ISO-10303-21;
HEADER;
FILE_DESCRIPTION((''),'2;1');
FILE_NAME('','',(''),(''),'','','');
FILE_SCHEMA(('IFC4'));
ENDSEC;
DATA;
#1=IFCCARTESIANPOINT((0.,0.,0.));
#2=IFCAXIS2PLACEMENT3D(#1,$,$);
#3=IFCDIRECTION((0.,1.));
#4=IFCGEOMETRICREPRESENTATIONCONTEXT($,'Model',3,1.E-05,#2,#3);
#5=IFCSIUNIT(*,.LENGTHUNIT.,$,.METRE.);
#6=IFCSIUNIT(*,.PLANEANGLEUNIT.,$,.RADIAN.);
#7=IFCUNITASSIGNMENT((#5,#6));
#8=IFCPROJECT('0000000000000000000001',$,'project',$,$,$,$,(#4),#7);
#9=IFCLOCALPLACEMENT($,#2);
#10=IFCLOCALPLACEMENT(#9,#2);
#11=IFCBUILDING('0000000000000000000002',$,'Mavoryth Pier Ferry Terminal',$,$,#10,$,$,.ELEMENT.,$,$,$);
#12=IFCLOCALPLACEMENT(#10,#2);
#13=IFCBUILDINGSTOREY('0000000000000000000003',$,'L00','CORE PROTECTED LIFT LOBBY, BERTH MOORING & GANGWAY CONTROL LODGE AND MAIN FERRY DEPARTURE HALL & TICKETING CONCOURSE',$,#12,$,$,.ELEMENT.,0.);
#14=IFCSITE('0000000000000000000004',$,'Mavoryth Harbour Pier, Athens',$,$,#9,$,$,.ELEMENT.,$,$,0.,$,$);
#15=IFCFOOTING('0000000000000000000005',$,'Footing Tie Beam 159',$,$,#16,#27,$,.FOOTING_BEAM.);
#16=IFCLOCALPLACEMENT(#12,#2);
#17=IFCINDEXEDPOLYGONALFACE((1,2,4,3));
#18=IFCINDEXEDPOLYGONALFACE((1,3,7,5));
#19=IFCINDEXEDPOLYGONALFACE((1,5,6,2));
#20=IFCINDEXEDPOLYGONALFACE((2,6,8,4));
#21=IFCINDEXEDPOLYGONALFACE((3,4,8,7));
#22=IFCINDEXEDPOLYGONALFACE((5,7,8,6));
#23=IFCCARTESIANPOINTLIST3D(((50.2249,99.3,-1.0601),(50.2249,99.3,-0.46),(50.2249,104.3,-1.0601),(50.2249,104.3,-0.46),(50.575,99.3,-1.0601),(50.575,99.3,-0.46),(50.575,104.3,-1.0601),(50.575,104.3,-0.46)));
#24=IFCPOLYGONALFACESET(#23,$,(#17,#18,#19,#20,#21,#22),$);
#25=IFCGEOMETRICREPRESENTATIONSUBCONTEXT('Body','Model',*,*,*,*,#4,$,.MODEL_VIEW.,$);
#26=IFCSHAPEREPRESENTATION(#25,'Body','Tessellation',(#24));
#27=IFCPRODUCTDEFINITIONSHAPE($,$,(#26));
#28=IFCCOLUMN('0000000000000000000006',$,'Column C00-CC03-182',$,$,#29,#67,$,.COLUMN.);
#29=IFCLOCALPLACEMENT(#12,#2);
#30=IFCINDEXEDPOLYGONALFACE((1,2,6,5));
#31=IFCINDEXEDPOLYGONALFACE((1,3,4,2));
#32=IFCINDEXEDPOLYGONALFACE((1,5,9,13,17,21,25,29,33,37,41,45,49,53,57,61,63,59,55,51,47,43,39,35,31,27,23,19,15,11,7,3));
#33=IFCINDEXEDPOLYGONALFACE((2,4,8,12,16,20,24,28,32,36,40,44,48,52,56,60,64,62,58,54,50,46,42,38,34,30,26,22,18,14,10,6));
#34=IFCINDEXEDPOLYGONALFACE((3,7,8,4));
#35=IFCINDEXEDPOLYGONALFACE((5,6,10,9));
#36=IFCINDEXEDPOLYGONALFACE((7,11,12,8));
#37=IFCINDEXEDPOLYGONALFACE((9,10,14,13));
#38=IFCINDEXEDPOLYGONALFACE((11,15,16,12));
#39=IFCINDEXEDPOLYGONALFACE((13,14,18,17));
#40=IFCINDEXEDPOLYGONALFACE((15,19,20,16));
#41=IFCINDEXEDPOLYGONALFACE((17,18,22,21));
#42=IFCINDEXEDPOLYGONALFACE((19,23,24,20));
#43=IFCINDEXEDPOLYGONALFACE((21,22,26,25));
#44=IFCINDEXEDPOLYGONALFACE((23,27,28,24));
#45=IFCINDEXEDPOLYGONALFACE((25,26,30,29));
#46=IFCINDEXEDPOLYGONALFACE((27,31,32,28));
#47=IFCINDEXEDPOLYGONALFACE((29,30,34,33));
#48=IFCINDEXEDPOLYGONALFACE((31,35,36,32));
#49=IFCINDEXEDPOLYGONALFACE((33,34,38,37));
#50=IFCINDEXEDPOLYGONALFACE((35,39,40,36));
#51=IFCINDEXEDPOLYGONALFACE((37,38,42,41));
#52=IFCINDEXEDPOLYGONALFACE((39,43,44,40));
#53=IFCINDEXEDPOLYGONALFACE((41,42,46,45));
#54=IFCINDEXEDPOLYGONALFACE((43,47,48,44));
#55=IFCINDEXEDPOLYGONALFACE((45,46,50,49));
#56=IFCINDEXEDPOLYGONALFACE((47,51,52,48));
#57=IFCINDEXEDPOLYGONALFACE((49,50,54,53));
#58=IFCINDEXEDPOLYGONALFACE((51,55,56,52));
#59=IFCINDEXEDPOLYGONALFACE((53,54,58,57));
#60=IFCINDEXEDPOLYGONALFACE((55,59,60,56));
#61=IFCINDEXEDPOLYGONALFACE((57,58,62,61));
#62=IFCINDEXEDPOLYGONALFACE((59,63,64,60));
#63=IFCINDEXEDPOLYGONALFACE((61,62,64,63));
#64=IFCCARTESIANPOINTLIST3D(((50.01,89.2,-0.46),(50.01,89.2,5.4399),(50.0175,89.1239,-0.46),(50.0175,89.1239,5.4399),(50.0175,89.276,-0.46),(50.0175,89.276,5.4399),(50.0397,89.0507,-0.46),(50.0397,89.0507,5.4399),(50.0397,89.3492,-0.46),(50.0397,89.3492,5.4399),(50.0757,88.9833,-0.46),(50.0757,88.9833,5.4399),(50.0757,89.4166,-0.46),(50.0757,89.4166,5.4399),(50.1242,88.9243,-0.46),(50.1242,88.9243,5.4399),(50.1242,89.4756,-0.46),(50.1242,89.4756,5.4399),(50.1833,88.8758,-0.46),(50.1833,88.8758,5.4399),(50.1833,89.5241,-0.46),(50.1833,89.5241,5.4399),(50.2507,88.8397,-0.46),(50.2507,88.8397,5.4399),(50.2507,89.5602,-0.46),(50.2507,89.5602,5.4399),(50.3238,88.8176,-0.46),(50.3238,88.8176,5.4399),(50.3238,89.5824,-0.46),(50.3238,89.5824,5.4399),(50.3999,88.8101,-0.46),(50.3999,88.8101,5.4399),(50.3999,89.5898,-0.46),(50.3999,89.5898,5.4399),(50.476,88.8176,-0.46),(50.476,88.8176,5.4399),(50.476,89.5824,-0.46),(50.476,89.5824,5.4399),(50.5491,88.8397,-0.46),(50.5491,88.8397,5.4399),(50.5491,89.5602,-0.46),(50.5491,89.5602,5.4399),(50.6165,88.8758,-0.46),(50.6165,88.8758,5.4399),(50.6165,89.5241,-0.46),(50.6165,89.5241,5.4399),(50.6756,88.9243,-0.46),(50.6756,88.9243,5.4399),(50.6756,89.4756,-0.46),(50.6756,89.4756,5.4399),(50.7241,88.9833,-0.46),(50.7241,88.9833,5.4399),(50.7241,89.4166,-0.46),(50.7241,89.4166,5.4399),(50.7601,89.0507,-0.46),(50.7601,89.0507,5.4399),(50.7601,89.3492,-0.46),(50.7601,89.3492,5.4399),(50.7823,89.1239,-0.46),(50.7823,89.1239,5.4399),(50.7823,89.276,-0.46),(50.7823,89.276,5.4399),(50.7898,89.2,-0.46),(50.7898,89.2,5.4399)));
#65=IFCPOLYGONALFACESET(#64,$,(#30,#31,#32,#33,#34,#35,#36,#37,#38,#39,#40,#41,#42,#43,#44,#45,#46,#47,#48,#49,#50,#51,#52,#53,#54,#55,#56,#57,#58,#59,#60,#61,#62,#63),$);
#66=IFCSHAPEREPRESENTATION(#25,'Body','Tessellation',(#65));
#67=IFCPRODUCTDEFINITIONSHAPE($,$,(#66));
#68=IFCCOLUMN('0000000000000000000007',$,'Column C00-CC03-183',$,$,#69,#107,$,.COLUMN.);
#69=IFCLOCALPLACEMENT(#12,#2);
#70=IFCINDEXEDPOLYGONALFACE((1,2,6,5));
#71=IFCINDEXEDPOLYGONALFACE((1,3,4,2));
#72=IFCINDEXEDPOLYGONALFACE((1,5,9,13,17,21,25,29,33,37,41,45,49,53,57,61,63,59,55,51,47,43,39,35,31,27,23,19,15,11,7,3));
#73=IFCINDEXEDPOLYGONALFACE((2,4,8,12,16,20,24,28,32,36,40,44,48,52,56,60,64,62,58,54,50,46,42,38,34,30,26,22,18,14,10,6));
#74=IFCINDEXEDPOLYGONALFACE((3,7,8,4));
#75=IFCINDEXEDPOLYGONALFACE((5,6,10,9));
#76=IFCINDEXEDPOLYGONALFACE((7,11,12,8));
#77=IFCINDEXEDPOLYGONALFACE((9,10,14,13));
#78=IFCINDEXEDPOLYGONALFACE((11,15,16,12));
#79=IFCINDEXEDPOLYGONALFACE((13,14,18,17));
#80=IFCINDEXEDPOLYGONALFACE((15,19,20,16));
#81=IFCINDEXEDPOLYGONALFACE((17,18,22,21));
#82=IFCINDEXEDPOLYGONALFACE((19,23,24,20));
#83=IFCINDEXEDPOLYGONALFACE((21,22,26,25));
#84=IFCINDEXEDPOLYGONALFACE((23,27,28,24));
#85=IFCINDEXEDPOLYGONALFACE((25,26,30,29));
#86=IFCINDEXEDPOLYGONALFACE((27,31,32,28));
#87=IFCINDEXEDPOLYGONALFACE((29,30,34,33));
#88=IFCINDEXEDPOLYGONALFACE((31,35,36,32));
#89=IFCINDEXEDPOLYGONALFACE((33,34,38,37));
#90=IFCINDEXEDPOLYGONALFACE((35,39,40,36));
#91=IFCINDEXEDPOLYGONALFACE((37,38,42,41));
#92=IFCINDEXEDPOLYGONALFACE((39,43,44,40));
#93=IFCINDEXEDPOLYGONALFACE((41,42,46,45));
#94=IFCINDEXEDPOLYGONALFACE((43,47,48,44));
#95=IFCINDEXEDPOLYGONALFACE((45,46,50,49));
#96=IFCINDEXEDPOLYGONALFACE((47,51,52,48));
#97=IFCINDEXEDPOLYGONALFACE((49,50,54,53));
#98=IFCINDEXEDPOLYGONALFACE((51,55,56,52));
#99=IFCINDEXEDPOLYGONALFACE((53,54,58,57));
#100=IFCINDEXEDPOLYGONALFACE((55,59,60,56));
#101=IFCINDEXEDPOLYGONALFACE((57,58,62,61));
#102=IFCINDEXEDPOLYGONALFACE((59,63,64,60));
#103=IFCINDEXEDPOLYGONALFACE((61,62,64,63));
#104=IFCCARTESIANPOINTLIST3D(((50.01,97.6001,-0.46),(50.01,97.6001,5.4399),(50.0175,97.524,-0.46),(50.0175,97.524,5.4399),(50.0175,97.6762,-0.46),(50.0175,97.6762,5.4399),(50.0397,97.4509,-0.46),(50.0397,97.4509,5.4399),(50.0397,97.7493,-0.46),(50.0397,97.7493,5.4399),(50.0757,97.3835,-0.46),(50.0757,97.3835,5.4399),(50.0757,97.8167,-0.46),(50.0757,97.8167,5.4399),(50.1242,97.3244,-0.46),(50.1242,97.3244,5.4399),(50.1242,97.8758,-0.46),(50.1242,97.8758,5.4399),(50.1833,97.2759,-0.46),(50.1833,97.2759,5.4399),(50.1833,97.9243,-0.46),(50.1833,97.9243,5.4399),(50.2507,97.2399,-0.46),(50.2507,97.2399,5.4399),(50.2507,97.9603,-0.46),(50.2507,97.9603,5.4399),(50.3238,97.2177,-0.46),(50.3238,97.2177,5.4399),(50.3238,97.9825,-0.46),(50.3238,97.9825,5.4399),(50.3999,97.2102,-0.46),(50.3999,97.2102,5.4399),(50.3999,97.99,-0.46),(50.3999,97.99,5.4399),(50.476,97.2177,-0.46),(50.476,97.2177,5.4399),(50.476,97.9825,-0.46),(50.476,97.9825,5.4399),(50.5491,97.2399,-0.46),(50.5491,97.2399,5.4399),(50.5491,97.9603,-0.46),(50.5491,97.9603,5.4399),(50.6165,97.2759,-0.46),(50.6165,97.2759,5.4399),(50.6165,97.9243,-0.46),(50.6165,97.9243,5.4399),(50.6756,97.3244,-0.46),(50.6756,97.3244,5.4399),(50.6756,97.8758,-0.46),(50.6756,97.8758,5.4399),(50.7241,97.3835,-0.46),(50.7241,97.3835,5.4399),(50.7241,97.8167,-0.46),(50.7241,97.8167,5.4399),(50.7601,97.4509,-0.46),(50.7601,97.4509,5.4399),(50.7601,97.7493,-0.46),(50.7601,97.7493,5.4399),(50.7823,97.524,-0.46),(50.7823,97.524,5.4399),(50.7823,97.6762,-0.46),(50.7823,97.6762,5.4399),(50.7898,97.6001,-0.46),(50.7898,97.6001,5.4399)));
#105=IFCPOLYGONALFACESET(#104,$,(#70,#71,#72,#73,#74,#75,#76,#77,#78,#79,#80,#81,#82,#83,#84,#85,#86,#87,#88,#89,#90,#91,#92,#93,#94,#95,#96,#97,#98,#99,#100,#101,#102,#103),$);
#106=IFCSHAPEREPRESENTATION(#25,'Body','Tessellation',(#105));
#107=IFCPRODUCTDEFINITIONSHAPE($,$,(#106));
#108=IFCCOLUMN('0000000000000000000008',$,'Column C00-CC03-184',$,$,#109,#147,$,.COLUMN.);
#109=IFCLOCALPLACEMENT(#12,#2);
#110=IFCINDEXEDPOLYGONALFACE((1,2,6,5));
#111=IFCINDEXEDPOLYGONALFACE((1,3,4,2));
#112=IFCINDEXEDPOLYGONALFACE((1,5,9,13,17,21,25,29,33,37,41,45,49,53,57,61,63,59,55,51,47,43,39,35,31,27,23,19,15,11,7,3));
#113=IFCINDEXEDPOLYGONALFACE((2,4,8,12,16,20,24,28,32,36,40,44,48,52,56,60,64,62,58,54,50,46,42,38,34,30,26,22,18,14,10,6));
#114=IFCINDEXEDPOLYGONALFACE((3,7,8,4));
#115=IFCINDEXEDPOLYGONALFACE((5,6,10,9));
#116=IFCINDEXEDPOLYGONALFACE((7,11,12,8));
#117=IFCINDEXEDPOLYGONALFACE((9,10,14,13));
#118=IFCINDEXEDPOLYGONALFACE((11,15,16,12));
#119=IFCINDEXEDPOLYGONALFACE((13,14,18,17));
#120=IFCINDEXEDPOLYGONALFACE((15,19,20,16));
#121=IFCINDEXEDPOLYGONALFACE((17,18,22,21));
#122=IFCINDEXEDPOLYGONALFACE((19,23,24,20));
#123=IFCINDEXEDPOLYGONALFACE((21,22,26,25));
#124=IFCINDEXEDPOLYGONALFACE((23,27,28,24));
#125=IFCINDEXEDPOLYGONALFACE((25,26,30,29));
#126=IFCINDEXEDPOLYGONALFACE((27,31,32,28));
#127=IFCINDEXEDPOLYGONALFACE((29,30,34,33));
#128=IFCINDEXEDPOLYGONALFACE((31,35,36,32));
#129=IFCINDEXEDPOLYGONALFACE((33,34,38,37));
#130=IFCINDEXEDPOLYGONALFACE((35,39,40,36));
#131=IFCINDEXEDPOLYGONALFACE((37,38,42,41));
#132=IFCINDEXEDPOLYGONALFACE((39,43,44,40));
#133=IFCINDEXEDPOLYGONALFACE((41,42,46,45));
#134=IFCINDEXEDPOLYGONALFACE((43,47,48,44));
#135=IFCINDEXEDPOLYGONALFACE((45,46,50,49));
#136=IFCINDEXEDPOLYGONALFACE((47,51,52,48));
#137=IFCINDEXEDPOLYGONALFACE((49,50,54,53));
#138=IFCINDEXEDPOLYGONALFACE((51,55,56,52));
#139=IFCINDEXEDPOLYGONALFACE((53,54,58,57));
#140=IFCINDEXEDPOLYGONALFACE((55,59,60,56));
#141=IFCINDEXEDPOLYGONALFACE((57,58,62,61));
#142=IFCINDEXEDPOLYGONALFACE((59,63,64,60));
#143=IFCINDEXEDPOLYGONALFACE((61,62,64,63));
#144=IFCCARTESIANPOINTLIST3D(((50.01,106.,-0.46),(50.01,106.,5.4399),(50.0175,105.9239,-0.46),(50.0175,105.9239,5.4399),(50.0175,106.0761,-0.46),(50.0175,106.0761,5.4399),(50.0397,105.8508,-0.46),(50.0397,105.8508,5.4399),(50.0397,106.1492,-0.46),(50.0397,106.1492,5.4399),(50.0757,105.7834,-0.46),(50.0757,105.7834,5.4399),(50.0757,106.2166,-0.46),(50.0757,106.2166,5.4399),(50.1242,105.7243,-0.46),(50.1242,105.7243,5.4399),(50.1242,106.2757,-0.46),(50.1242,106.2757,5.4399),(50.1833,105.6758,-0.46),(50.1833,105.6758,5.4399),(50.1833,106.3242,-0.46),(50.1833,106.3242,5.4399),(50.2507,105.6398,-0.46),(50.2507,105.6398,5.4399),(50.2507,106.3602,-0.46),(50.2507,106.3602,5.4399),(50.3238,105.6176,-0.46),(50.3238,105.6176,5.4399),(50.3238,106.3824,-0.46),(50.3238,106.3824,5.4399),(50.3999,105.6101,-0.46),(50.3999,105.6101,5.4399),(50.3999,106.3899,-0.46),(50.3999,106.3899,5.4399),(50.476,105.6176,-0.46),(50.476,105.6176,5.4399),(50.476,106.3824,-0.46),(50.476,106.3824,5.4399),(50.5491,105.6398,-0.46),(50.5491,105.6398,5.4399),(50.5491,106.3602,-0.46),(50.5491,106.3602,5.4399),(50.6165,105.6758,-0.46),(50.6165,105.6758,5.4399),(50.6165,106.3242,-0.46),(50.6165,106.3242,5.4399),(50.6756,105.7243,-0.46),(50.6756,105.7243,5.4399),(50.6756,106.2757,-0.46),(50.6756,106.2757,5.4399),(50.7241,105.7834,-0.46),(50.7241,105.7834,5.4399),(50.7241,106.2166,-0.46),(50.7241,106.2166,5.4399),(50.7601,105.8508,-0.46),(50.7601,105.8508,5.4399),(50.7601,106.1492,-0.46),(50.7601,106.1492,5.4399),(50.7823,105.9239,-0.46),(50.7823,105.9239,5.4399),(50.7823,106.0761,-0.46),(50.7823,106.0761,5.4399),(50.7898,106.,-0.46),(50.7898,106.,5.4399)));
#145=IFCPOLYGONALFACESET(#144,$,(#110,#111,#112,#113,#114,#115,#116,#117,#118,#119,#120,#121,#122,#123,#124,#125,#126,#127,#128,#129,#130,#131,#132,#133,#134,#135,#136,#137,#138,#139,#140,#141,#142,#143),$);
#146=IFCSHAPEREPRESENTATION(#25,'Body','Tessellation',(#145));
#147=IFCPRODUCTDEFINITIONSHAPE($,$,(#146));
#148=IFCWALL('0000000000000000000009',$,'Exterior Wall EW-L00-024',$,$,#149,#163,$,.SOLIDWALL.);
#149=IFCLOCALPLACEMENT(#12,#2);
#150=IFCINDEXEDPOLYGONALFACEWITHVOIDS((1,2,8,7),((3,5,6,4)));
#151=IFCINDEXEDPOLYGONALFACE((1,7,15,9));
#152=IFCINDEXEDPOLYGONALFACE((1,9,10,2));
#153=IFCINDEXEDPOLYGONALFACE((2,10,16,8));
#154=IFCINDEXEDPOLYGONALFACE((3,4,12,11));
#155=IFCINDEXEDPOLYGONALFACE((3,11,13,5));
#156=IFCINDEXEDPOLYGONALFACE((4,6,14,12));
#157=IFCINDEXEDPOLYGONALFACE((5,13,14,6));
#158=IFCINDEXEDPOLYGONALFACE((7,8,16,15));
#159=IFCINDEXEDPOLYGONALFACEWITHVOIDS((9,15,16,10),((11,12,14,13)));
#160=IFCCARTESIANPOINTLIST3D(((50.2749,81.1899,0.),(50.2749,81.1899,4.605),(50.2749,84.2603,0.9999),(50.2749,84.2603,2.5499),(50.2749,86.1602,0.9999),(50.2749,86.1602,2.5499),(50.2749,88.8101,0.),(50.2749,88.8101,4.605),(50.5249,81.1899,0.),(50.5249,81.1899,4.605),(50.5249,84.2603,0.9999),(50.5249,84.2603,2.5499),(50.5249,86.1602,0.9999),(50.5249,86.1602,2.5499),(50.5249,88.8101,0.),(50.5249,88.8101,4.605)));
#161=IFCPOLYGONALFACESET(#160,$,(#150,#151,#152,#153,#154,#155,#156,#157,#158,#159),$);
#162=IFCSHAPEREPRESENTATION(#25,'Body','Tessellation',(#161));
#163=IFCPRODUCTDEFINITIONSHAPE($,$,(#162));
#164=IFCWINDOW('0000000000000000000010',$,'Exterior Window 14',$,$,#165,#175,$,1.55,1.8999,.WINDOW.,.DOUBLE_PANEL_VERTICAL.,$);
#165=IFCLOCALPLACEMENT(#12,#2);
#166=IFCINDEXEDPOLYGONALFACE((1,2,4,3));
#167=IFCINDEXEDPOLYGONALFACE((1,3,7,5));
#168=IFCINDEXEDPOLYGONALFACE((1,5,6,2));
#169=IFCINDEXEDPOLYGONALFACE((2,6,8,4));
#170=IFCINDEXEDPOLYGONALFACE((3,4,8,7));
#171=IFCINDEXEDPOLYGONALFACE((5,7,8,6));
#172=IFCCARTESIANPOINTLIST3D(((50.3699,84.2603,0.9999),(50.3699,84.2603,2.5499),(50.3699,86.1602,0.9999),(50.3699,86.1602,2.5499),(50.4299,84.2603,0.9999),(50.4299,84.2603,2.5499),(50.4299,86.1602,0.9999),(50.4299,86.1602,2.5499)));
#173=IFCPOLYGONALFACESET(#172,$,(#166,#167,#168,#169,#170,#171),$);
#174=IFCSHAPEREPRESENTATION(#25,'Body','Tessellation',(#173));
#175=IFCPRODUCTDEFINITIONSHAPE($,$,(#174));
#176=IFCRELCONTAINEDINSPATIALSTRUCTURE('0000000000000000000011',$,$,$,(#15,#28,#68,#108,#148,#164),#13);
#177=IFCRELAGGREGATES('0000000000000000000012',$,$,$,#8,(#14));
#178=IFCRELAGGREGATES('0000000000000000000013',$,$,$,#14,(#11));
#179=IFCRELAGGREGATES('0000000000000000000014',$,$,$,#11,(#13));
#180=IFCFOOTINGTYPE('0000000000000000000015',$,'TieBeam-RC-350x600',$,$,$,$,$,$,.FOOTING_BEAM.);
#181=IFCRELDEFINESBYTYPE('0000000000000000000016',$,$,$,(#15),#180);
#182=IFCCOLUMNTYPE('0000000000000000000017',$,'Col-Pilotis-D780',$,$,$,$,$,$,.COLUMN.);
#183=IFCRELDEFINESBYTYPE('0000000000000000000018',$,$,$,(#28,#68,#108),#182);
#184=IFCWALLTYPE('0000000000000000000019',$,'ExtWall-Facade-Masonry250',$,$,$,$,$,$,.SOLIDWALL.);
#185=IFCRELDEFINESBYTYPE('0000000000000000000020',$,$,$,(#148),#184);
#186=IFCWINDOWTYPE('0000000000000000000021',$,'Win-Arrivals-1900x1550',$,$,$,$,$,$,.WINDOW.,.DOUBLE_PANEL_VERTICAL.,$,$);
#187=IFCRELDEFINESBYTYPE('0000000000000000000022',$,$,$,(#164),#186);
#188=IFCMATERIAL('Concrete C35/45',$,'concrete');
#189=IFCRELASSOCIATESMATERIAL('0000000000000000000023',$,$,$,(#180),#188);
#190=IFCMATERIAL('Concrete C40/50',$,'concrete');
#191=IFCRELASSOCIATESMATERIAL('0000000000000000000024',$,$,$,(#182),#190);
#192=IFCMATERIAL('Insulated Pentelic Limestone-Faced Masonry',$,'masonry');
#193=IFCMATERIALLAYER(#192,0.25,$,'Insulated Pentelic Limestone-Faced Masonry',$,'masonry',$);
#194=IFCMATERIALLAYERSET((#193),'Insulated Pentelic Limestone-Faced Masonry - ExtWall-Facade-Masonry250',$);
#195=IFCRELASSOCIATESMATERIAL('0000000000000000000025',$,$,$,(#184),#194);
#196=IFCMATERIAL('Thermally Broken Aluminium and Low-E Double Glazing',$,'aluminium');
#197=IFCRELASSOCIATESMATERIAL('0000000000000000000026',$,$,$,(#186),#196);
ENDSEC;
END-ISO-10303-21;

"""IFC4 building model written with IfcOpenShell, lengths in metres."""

from ifc_helpers import new_model, si_unit, direction, frame, frame_2d, origin, origin_2d, place, context, subcontext, project, spatial, rectangle, circle, extrude, material, layer, layer_set, material_profile, profile_set, type_object, element, fill, save


model = new_model("IFC4")

# Units and contexts
model_context = context("Model", 3, precision=1e-05, world=origin(), true_north=direction((0.0, 1.0)))
body_context = subcontext(model_context, "Body", "Model", "MODEL_VIEW")
ifc_project = project(units=[si_unit("LENGTHUNIT", "METRE"), si_unit("PLANEANGLEUNIT", "RADIAN")], contexts=[model_context])

# Site, building, storey
site_placement = place(None, origin())
site = spatial("IfcSite", under=ifc_project, at=site_placement, Name="Mavoryth Harbour Pier, Athens", CompositionType="ELEMENT", RefElevation=0.0)
building_placement = place(site_placement, origin())
building = spatial("IfcBuilding", under=site, at=building_placement, Name="Mavoryth Pier Ferry Terminal", CompositionType="ELEMENT")
storey_placement = place(building_placement, origin())
storey = spatial("IfcBuildingStorey", under=building, at=storey_placement, Name="L00", Description="CORE PROTECTED LIFT LOBBY, BERTH MOORING & GANGWAY CONTROL LODGE AND MAIN FERRY DEPARTURE HALL & TICKETING CONCOURSE", CompositionType="ELEMENT", Elevation=0.0)

# Shared definitions
ifc_material_1 = material(Name="Concrete C35/45", Category="concrete")

# Footing
ifc_material_profile_1 = material_profile(ifc_material_1, rectangle(XDim=0.3501, YDim=0.6001, at=origin_2d()), Name="RC 350x600", Category="concrete")
ifc_profile_set_1 = profile_set([ifc_material_profile_1], Name="Concrete C35/45 - RC 350x600")
footing_type_1 = type_object("IfcFootingType", Name="TieBeam-RC-350x600", PredefinedType="FOOTING_BEAM", material=ifc_profile_set_1)
for number, where, z_axis, x_axis, name in (
    (1, (50.3999, 99.3, -0.76), (0.0, 1.0, 0.0), (-1.0, 0.0, 0.0), "Footing Tie Beam 159"),
):
    element("IfcFooting", number, at=place(storey_placement, frame(where, z_axis=z_axis, x_axis=x_axis)), inside=storey, type_object=footing_type_1, Name=name, PredefinedType="FOOTING_BEAM", context=body_context, shape_type="SweptSolid", body=[
        extrude(rectangle(XDim=0.3501, YDim=0.6001, at=origin_2d()), origin(), (0.0, 0.0, 1.0), 5.0),
    ])

# Columns
ifc_material_2 = material(Name="Concrete C40/50", Category="concrete")
ifc_material_profile_2 = material_profile(ifc_material_2, circle(Radius=0.3899, at=origin_2d()), Name="RC D780", Category="concrete")
ifc_profile_set_2 = profile_set([ifc_material_profile_2], Name="Concrete C40/50 - RC D780")
column_type = type_object("IfcColumnType", Name="Col-Pilotis-D780", PredefinedType="COLUMN", material=ifc_profile_set_2)
for number, where, z_axis, x_axis, name in (
    (2, (50.3999, 89.2, -0.46), (0.0, 0.0, 1.0), (1.0, 0.0, 0.0), "Column C00-CC03-182"),
    (3, (50.3999, 97.6001, -0.46), (0.0, 0.0, 1.0), (1.0, 0.0, 0.0), "Column C00-CC03-183"),
    (4, (50.3999, 106.0, -0.46), (0.0, 0.0, 1.0), (1.0, 0.0, 0.0), "Column C00-CC03-184"),
):
    element("IfcColumn", number, at=place(storey_placement, frame(where, z_axis=z_axis, x_axis=x_axis)), inside=storey, type_object=column_type, Name=name, PredefinedType="COLUMN", context=body_context, shape_type="SweptSolid", body=[
        extrude(circle(Radius=0.3899, at=origin_2d()), origin(), (0.0, 0.0, 1.0), 5.8999),
    ])

# Wall, opening, window
ifc_material_3 = material(Name="Insulated Pentelic Limestone-Faced Masonry", Category="masonry")
ifc_layer_1 = layer(ifc_material_3, 0.25, Name="Insulated Pentelic Limestone-Faced Masonry", Category="masonry")
ifc_layer_set_1 = layer_set([ifc_layer_1], Name="Insulated Pentelic Limestone-Faced Masonry - ExtWall-Facade-Masonry250")
wall_type_1 = type_object("IfcWallType", Name="ExtWall-Facade-Masonry250", PredefinedType="SOLIDWALL", material=ifc_layer_set_1)
wall_1_placement = place(storey_placement, frame((50.3999, 88.8101, 0.0), z_axis=(0.0, 0.0, 1.0), x_axis=(0.0, -1.0, 0.0)))
wall_1 = element("IfcWall", 5, at=wall_1_placement, inside=storey, type_object=wall_type_1, Name="Exterior Wall EW-L00-024", PredefinedType="SOLIDWALL", context=body_context, shape_type="SweptSolid", body=[
    extrude(rectangle(XDim=7.6201, YDim=0.25, at=frame_2d((3.8101, 0.0))), origin(), (0.0, 0.0, 1.0), 4.605),
])
opening_1_placement = place(wall_1_placement, frame((2.6499, 0.0, 1.0)))
opening_1 = element("IfcOpeningElement", 6, at=opening_1_placement, cuts=wall_1, PredefinedType="OPENING", context=body_context, shape_type="SweptSolid", body=[
    extrude(rectangle(XDim=1.8999, YDim=1.55, at=frame_2d((0.95, 0.7749))), frame((0.0, 0.135, 0.0), z_axis=(0.0, -1.0, 0.0), x_axis=(1.0, 0.0, 0.0)), (0.0, 0.0, 1.0), 0.27),
])
ifc_material_4 = material(Name="Thermally Broken Aluminium and Low-E Double Glazing", Category="aluminium")
window_type_1 = type_object("IfcWindowType", Name="Win-Arrivals-1900x1550", PartitioningType="DOUBLE_PANEL_VERTICAL", PredefinedType="WINDOW", material=ifc_material_4)
window_1_placement = place(opening_1_placement, origin())
window_1 = element("IfcWindow", 7, at=window_1_placement, inside=storey, type_object=window_type_1, Name="Exterior Window 14", OverallHeight=1.55, OverallWidth=1.8999, PartitioningType="DOUBLE_PANEL_VERTICAL", PredefinedType="WINDOW", context=body_context, shape_type="SweptSolid", body=[
    extrude(rectangle(XDim=1.8999, YDim=1.55, at=frame_2d((0.95, 0.7749))), frame((0.0, 0.03, 0.0), z_axis=(0.0, -1.0, 0.0), x_axis=(1.0, 0.0, 0.0)), (0.0, 0.0, 1.0), 0.0601),
])
fill(opening_1, window_1)

save(model, "model.ifc")
